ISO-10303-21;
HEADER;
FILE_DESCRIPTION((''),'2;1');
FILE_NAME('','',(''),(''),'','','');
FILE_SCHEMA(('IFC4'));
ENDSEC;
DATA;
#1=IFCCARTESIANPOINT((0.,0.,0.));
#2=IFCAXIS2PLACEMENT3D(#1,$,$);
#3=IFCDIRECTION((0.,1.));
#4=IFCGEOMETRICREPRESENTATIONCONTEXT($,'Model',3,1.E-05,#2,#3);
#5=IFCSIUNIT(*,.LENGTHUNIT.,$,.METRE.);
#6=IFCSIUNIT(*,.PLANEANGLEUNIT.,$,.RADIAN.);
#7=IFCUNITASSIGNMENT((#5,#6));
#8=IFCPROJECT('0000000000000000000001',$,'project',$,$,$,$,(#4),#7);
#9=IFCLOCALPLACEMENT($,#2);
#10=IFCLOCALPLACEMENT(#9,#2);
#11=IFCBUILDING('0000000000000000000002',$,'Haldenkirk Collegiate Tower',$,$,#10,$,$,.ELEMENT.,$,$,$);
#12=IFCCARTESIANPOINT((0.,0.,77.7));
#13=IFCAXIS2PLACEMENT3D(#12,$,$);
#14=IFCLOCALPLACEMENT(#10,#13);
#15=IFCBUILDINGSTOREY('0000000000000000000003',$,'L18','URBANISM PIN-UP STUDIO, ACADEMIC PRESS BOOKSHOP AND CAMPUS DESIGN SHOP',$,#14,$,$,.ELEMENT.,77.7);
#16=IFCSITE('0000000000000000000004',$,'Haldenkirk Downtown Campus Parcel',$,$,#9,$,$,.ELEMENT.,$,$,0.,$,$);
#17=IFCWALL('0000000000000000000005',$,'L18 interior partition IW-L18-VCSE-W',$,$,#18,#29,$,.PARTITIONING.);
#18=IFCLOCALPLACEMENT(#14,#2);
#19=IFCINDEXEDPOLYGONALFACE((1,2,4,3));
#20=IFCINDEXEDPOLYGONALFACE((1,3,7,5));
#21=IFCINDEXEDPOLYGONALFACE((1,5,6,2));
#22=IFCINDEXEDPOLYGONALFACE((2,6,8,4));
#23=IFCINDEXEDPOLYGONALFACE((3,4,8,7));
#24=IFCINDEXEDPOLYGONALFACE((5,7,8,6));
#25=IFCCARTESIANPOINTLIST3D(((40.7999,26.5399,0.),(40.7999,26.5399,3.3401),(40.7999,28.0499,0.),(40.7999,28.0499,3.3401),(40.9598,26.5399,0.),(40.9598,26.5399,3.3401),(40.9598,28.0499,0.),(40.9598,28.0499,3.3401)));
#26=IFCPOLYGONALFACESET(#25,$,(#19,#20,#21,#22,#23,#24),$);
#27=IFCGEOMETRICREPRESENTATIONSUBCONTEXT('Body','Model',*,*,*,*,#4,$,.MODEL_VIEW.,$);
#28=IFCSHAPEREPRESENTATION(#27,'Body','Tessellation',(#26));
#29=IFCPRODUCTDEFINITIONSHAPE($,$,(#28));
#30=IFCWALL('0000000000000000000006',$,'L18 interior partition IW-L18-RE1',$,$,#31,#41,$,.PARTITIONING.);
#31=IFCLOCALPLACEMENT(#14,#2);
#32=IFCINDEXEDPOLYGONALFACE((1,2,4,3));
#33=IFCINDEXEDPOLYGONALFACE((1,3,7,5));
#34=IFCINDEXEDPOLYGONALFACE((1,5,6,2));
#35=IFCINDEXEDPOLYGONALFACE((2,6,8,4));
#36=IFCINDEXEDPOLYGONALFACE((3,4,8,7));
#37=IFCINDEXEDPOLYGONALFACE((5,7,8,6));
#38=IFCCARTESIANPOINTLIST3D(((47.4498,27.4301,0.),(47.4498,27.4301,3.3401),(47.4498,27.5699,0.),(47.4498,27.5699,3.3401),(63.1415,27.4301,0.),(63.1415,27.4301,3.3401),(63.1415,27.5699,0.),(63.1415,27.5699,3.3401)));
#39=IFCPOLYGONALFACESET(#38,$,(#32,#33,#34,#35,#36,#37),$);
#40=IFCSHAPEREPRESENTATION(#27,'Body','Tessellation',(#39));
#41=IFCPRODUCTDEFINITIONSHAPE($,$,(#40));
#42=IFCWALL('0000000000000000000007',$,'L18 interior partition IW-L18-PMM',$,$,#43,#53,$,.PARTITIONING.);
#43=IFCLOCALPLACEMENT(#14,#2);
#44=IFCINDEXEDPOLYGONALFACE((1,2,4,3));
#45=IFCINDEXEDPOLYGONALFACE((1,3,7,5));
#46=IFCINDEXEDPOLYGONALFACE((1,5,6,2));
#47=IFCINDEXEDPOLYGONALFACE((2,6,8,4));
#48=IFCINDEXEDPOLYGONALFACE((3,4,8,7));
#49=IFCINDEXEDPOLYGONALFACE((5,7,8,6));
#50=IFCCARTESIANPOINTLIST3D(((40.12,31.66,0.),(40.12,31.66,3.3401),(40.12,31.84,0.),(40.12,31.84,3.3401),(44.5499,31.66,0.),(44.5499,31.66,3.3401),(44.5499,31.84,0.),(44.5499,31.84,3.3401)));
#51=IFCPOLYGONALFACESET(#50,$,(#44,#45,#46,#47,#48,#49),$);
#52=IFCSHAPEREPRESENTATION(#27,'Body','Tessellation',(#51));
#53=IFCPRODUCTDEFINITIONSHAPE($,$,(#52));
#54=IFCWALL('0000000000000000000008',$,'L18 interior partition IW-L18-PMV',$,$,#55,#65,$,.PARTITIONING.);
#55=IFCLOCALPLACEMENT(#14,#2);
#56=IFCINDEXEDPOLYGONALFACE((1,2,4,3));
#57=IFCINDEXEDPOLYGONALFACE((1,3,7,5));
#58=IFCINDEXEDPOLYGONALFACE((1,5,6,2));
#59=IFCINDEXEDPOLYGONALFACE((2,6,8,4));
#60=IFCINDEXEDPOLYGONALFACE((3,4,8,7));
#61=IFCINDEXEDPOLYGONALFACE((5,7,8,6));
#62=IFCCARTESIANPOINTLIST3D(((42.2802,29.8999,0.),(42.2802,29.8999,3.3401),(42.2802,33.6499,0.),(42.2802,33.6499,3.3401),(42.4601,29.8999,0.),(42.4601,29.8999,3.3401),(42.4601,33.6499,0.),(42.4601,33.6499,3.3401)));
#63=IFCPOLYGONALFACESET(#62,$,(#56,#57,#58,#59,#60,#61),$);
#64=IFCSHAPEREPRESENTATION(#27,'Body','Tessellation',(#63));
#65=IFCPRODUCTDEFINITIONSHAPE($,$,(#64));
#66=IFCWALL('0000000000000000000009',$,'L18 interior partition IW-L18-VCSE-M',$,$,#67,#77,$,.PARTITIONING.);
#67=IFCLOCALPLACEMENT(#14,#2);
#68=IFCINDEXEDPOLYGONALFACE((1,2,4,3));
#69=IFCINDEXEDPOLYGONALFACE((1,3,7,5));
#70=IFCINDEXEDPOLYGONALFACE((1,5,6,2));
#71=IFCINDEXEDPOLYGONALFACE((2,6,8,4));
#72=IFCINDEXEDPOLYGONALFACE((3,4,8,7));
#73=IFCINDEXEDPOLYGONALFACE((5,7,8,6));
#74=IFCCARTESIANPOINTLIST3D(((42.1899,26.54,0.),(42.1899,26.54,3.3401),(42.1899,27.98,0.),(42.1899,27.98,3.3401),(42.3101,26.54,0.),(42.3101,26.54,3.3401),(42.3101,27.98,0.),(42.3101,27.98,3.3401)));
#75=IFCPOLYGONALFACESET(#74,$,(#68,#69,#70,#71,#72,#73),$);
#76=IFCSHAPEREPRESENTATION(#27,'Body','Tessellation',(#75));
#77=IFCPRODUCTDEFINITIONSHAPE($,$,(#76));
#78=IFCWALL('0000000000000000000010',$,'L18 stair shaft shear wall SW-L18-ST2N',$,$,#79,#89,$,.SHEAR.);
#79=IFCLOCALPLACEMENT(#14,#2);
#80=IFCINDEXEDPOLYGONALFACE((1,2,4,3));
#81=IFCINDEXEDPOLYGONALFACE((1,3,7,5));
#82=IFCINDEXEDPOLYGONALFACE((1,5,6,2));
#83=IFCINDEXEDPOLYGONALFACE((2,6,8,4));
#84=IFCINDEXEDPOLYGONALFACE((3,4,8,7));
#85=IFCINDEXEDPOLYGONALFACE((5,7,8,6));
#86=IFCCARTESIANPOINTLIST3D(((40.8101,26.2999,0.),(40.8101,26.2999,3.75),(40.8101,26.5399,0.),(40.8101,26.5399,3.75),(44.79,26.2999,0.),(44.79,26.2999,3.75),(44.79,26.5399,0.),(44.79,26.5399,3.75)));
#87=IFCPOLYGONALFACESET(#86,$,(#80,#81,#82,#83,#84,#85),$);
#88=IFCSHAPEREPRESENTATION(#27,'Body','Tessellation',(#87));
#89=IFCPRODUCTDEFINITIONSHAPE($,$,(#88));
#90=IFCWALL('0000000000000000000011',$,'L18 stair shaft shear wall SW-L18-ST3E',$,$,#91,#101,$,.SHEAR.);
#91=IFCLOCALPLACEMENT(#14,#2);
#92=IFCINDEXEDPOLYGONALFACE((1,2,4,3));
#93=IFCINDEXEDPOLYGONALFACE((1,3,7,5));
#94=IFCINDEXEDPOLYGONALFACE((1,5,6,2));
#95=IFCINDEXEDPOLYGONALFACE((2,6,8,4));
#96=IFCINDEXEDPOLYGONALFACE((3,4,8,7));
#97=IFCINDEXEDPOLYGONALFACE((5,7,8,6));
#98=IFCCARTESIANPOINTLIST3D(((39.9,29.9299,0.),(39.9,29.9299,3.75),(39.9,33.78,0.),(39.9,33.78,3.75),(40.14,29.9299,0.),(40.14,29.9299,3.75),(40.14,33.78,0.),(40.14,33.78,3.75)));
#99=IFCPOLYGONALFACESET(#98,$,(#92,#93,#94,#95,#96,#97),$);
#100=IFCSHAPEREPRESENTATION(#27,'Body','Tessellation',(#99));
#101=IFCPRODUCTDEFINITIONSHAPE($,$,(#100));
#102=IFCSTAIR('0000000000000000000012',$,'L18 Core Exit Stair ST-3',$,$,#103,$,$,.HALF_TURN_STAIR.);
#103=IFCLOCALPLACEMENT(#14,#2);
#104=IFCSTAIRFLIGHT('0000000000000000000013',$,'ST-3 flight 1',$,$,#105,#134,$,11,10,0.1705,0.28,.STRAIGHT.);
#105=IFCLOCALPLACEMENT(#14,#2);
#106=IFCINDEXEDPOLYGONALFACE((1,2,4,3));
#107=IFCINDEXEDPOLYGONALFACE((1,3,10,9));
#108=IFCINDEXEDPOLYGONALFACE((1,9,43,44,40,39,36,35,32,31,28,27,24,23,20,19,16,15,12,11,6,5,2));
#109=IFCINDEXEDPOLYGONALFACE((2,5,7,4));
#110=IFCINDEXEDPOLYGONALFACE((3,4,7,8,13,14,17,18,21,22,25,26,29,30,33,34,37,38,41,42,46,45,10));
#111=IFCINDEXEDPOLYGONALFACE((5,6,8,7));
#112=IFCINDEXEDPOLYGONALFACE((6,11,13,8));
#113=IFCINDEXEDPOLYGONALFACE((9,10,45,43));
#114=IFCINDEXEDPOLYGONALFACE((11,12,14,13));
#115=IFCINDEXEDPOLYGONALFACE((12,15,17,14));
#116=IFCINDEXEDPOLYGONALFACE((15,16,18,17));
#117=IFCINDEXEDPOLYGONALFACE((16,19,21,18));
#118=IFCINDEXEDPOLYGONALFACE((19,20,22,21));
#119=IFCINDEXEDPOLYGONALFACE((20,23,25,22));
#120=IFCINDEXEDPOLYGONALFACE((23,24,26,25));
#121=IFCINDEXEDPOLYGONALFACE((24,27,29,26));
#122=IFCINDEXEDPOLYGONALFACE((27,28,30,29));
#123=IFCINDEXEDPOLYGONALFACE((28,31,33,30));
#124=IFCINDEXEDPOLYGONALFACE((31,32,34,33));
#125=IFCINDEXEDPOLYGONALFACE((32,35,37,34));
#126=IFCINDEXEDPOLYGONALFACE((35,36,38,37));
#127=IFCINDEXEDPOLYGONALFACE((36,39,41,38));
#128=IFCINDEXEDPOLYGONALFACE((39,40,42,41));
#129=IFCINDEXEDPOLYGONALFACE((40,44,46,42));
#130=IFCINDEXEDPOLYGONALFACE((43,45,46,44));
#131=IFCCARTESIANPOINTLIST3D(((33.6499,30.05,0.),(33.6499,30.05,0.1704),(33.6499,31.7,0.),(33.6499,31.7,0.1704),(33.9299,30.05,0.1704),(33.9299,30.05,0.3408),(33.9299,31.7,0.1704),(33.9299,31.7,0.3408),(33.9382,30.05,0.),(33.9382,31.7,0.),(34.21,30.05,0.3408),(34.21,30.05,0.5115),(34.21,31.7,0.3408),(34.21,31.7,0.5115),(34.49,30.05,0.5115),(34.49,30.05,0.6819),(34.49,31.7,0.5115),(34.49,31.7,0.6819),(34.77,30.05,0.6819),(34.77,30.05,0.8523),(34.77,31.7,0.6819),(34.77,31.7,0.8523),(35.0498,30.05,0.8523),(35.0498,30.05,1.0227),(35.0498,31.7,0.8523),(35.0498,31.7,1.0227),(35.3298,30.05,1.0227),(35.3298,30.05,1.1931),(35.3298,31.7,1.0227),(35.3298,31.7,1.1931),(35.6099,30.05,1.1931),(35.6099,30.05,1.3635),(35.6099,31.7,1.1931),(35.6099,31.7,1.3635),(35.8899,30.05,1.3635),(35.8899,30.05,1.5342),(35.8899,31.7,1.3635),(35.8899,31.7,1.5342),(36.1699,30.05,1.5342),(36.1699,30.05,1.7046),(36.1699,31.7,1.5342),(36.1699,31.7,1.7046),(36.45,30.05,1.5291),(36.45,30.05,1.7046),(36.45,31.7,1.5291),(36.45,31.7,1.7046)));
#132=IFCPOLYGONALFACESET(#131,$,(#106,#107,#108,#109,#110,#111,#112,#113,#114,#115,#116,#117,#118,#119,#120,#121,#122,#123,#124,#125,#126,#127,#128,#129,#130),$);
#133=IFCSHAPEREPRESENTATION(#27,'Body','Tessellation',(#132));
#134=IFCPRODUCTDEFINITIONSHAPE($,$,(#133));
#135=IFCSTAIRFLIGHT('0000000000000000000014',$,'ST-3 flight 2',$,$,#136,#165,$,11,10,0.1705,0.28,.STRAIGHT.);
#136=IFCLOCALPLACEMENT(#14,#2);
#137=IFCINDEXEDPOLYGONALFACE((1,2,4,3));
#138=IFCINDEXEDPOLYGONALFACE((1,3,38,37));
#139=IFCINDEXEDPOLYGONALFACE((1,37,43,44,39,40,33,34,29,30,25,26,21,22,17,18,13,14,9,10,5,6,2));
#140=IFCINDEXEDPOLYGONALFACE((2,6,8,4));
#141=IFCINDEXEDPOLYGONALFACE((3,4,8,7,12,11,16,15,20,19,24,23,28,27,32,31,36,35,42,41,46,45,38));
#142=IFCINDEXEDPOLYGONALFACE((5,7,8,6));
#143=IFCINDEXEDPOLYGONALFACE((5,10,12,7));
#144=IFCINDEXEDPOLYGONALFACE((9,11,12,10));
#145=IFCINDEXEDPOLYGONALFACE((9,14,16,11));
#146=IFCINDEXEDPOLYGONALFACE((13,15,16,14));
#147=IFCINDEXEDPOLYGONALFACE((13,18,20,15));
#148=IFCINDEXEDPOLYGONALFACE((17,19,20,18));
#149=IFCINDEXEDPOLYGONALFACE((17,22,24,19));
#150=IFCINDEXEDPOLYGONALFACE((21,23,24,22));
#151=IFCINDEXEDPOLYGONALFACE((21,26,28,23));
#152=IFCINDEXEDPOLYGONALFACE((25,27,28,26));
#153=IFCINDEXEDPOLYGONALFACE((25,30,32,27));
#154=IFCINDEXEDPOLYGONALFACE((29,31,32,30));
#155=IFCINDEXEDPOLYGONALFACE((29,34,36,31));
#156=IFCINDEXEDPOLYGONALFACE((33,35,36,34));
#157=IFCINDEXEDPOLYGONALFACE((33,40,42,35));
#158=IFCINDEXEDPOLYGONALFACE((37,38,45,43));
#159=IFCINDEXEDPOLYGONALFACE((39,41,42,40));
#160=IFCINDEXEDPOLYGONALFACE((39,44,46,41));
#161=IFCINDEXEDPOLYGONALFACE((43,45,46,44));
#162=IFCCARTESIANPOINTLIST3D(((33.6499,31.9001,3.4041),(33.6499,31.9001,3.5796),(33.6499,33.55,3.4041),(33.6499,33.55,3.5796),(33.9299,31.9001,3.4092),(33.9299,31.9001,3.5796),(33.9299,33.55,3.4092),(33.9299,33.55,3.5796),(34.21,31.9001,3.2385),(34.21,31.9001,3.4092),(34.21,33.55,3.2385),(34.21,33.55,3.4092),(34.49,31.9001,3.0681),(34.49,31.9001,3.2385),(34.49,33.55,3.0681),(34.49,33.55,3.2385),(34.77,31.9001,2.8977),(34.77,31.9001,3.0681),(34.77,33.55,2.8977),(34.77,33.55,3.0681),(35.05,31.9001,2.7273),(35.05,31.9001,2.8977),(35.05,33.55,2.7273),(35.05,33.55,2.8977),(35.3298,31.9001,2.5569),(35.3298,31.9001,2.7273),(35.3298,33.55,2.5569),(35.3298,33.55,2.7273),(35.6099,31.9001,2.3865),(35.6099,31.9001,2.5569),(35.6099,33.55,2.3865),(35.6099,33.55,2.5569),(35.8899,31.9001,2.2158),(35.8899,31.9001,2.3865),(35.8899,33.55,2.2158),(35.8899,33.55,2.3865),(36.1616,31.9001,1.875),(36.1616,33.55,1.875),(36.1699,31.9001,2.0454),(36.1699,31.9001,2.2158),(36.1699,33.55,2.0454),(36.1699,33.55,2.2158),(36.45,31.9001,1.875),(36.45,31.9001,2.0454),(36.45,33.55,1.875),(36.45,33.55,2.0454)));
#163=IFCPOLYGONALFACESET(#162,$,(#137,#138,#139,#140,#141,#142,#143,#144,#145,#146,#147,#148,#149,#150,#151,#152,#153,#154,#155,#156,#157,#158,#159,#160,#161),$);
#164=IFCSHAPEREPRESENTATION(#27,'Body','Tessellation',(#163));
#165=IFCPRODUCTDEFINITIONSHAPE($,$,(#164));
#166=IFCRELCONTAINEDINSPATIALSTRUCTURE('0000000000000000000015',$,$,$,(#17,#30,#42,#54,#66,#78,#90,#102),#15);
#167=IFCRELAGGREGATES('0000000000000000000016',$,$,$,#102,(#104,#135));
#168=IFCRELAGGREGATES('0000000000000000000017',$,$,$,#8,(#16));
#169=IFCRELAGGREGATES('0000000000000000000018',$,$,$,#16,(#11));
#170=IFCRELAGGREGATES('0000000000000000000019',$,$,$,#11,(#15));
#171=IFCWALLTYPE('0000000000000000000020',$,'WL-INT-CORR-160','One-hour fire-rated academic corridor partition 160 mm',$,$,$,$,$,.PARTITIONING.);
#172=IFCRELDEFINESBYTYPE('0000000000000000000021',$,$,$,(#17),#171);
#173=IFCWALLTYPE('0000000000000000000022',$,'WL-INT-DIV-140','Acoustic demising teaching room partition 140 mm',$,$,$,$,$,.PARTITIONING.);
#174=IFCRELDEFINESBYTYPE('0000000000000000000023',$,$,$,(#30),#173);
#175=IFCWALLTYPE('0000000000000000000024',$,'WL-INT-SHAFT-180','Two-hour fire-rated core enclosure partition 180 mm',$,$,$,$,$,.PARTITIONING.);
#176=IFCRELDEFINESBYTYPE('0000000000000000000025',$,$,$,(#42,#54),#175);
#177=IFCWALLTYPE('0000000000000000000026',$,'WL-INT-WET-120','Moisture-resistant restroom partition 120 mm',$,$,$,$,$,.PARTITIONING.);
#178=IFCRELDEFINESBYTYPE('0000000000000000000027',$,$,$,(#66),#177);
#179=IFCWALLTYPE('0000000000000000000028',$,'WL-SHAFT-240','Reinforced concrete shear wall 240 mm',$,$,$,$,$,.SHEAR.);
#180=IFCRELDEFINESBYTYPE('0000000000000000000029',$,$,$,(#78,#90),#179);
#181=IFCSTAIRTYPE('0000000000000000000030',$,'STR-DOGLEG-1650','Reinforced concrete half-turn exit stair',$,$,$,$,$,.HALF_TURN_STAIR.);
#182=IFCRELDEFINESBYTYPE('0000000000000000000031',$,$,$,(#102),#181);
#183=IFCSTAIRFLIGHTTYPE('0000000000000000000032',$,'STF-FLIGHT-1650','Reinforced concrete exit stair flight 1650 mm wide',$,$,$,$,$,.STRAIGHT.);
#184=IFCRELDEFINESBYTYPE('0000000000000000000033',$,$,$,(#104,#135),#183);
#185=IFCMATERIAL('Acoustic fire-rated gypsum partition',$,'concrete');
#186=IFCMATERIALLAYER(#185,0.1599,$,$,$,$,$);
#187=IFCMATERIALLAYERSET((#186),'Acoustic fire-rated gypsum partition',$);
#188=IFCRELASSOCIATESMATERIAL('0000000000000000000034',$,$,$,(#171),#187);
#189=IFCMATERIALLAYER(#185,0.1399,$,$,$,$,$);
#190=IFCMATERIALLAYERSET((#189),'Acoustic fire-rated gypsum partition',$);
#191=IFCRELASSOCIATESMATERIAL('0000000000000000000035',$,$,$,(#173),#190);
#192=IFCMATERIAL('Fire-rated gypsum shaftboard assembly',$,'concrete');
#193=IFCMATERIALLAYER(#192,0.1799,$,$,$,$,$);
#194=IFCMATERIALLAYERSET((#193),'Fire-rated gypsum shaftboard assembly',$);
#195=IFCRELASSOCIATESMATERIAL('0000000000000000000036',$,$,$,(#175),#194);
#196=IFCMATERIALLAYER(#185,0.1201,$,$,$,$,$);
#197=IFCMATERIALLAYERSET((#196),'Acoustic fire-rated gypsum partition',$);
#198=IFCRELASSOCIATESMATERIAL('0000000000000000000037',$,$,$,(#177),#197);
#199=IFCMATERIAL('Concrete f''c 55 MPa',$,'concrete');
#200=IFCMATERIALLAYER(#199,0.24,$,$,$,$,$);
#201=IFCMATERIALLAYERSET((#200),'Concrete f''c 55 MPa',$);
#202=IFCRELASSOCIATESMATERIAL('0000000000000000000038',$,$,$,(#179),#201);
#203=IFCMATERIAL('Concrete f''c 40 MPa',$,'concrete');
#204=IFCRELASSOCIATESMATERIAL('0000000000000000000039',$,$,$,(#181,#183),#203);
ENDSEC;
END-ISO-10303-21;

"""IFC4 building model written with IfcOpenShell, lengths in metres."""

from ifc_helpers import new_model, si_unit, direction, frame, frame_2d, origin, place, context, subcontext, project, spatial, polyline, rectangle, outline, extrude, material, layer, layer_set, type_object, element, aggregate, save


model = new_model("IFC4")

# Units and contexts
model_context = context("Model", 3, precision=1e-05, world=origin(), true_north=direction((0.0, 1.0)))
body_context = subcontext(model_context, "Body", "Model", "MODEL_VIEW")
ifc_project = project(units=[si_unit("LENGTHUNIT", "METRE"), si_unit("PLANEANGLEUNIT", "RADIAN")], contexts=[model_context])

# Site, building, storey
site_placement = place(None, origin())
site = spatial("IfcSite", under=ifc_project, at=site_placement, Name="Haldenkirk Downtown Campus Parcel", CompositionType="ELEMENT", RefElevation=0.0)
building_placement = place(site_placement, origin())
building = spatial("IfcBuilding", under=site, at=building_placement, Name="Haldenkirk Collegiate Tower", CompositionType="ELEMENT")
storey_placement = place(building_placement, frame((0.0, 0.0, 77.7)))
storey = spatial("IfcBuildingStorey", under=building, at=storey_placement, Name="L18", Description="URBANISM PIN-UP STUDIO, ACADEMIC PRESS BOOKSHOP AND CAMPUS DESIGN SHOP", CompositionType="ELEMENT", Elevation=77.7)

# Shared definitions
ifc_material_1 = material(Name="Acoustic fire-rated gypsum partition", Category="concrete")
ifc_layer_1 = layer(ifc_material_1, 0.1599)
ifc_layer_set_1 = layer_set([ifc_layer_1], Name="Acoustic fire-rated gypsum partition")
wall_type_1 = type_object("IfcWallType", Name="WL-INT-CORR-160", Description="One-hour fire-rated academic corridor partition 160 mm", PredefinedType="PARTITIONING", material=ifc_layer_set_1)

# Walls
wall_1_placement = place(storey_placement, frame((40.8799, 26.54, 0.0), z_axis=(0.0, 0.0, 1.0), x_axis=(0.0, 1.0, 0.0)))
element("IfcWall", 1, at=wall_1_placement, inside=storey, type_object=wall_type_1, Name="L18 interior partition IW-L18-VCSE-W", PredefinedType="PARTITIONING", context=body_context, shape_type="SweptSolid", body=[
    extrude(rectangle(XDim=1.51, YDim=0.1599, at=frame_2d((0.7549, 0.0))), origin(), (0.0, 0.0, 1.0), 3.3401),
])
ifc_layer_2 = layer(ifc_material_1, 0.1399)
ifc_layer_set_2 = layer_set([ifc_layer_2], Name="Acoustic fire-rated gypsum partition")
wall_type_2 = type_object("IfcWallType", Name="WL-INT-DIV-140", Description="Acoustic demising teaching room partition 140 mm", PredefinedType="PARTITIONING", material=ifc_layer_set_2)
wall_2_placement = place(storey_placement, frame((47.45, 27.5, 0.0), z_axis=(0.0, 0.0, 1.0), x_axis=(1.0, 0.0, 0.0)))
element("IfcWall", 2, at=wall_2_placement, inside=storey, type_object=wall_type_2, Name="L18 interior partition IW-L18-RE1", PredefinedType="PARTITIONING", context=body_context, shape_type="SweptSolid", body=[
    extrude(rectangle(XDim=15.6917, YDim=0.1399, at=frame_2d((7.8457, 0.0))), origin(), (0.0, 0.0, 1.0), 3.3401),
])

# Shared definitions
ifc_material_2 = material(Name="Fire-rated gypsum shaftboard assembly", Category="concrete")
ifc_layer_3 = layer(ifc_material_2, 0.1799)
ifc_layer_set_3 = layer_set([ifc_layer_3], Name="Fire-rated gypsum shaftboard assembly")
wall_type_3 = type_object("IfcWallType", Name="WL-INT-SHAFT-180", Description="Two-hour fire-rated core enclosure partition 180 mm", PredefinedType="PARTITIONING", material=ifc_layer_set_3)

# Walls
wall_3_placement = place(storey_placement, frame((40.1201, 31.75, 0.0), z_axis=(0.0, 0.0, 1.0), x_axis=(1.0, 0.0, 0.0)))
element("IfcWall", 3, at=wall_3_placement, inside=storey, type_object=wall_type_3, Name="L18 interior partition IW-L18-PMM", PredefinedType="PARTITIONING", context=body_context, shape_type="SweptSolid", body=[
    extrude(rectangle(XDim=4.4299, YDim=0.1799, at=frame_2d((2.2148, 0.0))), origin(), (0.0, 0.0, 1.0), 3.3401),
])
wall_4_placement = place(storey_placement, frame((42.3701, 29.8999, 0.0), z_axis=(0.0, 0.0, 1.0), x_axis=(0.0, 1.0, 0.0)))
element("IfcWall", 4, at=wall_4_placement, inside=storey, type_object=wall_type_3, Name="L18 interior partition IW-L18-PMV", PredefinedType="PARTITIONING", context=body_context, shape_type="SweptSolid", body=[
    extrude(rectangle(XDim=3.75, YDim=0.1799, at=frame_2d((1.875, 0.0))), origin(), (0.0, 0.0, 1.0), 3.3401),
])
ifc_layer_4 = layer(ifc_material_1, 0.1201)
ifc_layer_set_4 = layer_set([ifc_layer_4], Name="Acoustic fire-rated gypsum partition")
wall_type_4 = type_object("IfcWallType", Name="WL-INT-WET-120", Description="Moisture-resistant restroom partition 120 mm", PredefinedType="PARTITIONING", material=ifc_layer_set_4)
wall_5_placement = place(storey_placement, frame((42.25, 26.54, 0.0), z_axis=(0.0, 0.0, 1.0), x_axis=(0.0, 1.0, 0.0)))
element("IfcWall", 5, at=wall_5_placement, inside=storey, type_object=wall_type_4, Name="L18 interior partition IW-L18-VCSE-M", PredefinedType="PARTITIONING", context=body_context, shape_type="SweptSolid", body=[
    extrude(rectangle(XDim=1.4399, YDim=0.1201, at=frame_2d((0.72, 0.0))), origin(), (0.0, 0.0, 1.0), 3.3401),
])
ifc_material_3 = material(Name="Concrete f'c 55 MPa", Category="concrete")
ifc_layer_5 = layer(ifc_material_3, 0.24)
ifc_layer_set_5 = layer_set([ifc_layer_5], Name="Concrete f'c 55 MPa")
wall_type_5 = type_object("IfcWallType", Name="WL-SHAFT-240", Description="Reinforced concrete shear wall 240 mm", PredefinedType="SHEAR", material=ifc_layer_set_5)
wall_6_placement = place(storey_placement, frame((40.8101, 26.4199, 0.0), z_axis=(0.0, 0.0, 1.0), x_axis=(1.0, 0.0, 0.0)))
element("IfcWall", 6, at=wall_6_placement, inside=storey, type_object=wall_type_5, Name="L18 stair shaft shear wall SW-L18-ST2N", PredefinedType="SHEAR", context=body_context, shape_type="SweptSolid", body=[
    extrude(rectangle(XDim=3.98, YDim=0.24, at=frame_2d((1.99, 0.0))), origin(), (0.0, 0.0, 1.0), 3.75),
])
wall_7_placement = place(storey_placement, frame((40.02, 29.9299, 0.0), z_axis=(0.0, 0.0, 1.0), x_axis=(0.0, 1.0, 0.0)))
element("IfcWall", 7, at=wall_7_placement, inside=storey, type_object=wall_type_5, Name="L18 stair shaft shear wall SW-L18-ST3E", PredefinedType="SHEAR", context=body_context, shape_type="SweptSolid", body=[
    extrude(rectangle(XDim=3.8501, YDim=0.24, at=frame_2d((1.925, 0.0))), origin(), (0.0, 0.0, 1.0), 3.75),
])

# Stair, stair flights
ifc_material_4 = material(Name="Concrete f'c 40 MPa", Category="concrete")
stair_type = type_object("IfcStairType", Name="STR-DOGLEG-1650", Description="Reinforced concrete half-turn exit stair", PredefinedType="HALF_TURN_STAIR", material=ifc_material_4)
stair_placement = place(storey_placement, origin())
stair = element("IfcStair", 8, at=stair_placement, inside=storey, type_object=stair_type, Name="L18 Core Exit Stair ST-3", PredefinedType="HALF_TURN_STAIR")
stair_flight_type = type_object("IfcStairFlightType", Name="STF-FLIGHT-1650", Description="Reinforced concrete exit stair flight 1650 mm wide", PredefinedType="STRAIGHT", material=ifc_material_4)
stair_flight_1_placement = place(storey_placement, frame((33.6499, 30.875, 0.0), z_axis=(0.0, 0.0, 1.0), x_axis=(1.0, 0.0, 0.0)))
stair_flight_1 = element("IfcStairFlight", 9, at=stair_flight_1_placement, type_object=stair_flight_type, Name="ST-3 flight 1", NumberOfRisers=11, NumberOfTreads=10, PredefinedType="STRAIGHT", RiserHeight=0.1705, TreadLength=0.28, context=body_context, shape_type="SweptSolid", body=[
    extrude(outline(polyline([(0.0, 0.0), (0.0, 0.1704), (0.28, 0.1704), (0.28, 0.3408), (0.5601, 0.3408), (0.5601, 0.5115), (0.8401, 0.5115), (0.8401, 0.6819), (1.1201, 0.6819), (1.1201, 0.8523), (1.3999, 0.8523), (1.3999, 1.0227), (1.6799, 1.0227), (1.6799, 1.1931), (1.96, 1.1931), (1.96, 1.3635), (2.24, 1.3635), (2.24, 1.5342), (2.52, 1.5342), (2.52, 1.7046), (2.8, 1.7046), (2.8, 1.875), (2.8, 1.5291), (0.2883, 0.0), (0.0, 0.0)])), frame((0.0, 0.825, 0.0), z_axis=(0.0, -1.0, 0.0), x_axis=(1.0, 0.0, 0.0)), (0.0, 0.0, 1.0), 1.6499),
])
stair_flight_2_placement = place(storey_placement, frame((36.45, 32.7251, 1.875), z_axis=(0.0, 0.0, 1.0), x_axis=(-1.0, 0.0, 0.0)))
stair_flight_2 = element("IfcStairFlight", 10, at=stair_flight_2_placement, type_object=stair_flight_type, Name="ST-3 flight 2", NumberOfRisers=11, NumberOfTreads=10, PredefinedType="STRAIGHT", RiserHeight=0.1705, TreadLength=0.28, context=body_context, shape_type="SweptSolid", body=[
    extrude(outline(polyline([(0.0, 0.0), (0.0, 0.1704), (0.28, 0.1704), (0.28, 0.3408), (0.5601, 0.3408), (0.5601, 0.5115), (0.8401, 0.5115), (0.8401, 0.6819), (1.1201, 0.6819), (1.1201, 0.8523), (1.3999, 0.8523), (1.3999, 1.0227), (1.6799, 1.0227), (1.6799, 1.1931), (1.96, 1.1931), (1.96, 1.3635), (2.24, 1.3635), (2.24, 1.5342), (2.52, 1.5342), (2.52, 1.7046), (2.8, 1.7046), (2.8, 1.875), (2.8, 1.5291), (0.2883, 0.0), (0.0, 0.0)])), frame((0.0, 0.825, 0.0), z_axis=(0.0, -1.0, 0.0), x_axis=(1.0, 0.0, 0.0)), (0.0, 0.0, 1.0), 1.6499),
])
aggregate(stair, [stair_flight_1, stair_flight_2])

save(model, "model.ifc")
